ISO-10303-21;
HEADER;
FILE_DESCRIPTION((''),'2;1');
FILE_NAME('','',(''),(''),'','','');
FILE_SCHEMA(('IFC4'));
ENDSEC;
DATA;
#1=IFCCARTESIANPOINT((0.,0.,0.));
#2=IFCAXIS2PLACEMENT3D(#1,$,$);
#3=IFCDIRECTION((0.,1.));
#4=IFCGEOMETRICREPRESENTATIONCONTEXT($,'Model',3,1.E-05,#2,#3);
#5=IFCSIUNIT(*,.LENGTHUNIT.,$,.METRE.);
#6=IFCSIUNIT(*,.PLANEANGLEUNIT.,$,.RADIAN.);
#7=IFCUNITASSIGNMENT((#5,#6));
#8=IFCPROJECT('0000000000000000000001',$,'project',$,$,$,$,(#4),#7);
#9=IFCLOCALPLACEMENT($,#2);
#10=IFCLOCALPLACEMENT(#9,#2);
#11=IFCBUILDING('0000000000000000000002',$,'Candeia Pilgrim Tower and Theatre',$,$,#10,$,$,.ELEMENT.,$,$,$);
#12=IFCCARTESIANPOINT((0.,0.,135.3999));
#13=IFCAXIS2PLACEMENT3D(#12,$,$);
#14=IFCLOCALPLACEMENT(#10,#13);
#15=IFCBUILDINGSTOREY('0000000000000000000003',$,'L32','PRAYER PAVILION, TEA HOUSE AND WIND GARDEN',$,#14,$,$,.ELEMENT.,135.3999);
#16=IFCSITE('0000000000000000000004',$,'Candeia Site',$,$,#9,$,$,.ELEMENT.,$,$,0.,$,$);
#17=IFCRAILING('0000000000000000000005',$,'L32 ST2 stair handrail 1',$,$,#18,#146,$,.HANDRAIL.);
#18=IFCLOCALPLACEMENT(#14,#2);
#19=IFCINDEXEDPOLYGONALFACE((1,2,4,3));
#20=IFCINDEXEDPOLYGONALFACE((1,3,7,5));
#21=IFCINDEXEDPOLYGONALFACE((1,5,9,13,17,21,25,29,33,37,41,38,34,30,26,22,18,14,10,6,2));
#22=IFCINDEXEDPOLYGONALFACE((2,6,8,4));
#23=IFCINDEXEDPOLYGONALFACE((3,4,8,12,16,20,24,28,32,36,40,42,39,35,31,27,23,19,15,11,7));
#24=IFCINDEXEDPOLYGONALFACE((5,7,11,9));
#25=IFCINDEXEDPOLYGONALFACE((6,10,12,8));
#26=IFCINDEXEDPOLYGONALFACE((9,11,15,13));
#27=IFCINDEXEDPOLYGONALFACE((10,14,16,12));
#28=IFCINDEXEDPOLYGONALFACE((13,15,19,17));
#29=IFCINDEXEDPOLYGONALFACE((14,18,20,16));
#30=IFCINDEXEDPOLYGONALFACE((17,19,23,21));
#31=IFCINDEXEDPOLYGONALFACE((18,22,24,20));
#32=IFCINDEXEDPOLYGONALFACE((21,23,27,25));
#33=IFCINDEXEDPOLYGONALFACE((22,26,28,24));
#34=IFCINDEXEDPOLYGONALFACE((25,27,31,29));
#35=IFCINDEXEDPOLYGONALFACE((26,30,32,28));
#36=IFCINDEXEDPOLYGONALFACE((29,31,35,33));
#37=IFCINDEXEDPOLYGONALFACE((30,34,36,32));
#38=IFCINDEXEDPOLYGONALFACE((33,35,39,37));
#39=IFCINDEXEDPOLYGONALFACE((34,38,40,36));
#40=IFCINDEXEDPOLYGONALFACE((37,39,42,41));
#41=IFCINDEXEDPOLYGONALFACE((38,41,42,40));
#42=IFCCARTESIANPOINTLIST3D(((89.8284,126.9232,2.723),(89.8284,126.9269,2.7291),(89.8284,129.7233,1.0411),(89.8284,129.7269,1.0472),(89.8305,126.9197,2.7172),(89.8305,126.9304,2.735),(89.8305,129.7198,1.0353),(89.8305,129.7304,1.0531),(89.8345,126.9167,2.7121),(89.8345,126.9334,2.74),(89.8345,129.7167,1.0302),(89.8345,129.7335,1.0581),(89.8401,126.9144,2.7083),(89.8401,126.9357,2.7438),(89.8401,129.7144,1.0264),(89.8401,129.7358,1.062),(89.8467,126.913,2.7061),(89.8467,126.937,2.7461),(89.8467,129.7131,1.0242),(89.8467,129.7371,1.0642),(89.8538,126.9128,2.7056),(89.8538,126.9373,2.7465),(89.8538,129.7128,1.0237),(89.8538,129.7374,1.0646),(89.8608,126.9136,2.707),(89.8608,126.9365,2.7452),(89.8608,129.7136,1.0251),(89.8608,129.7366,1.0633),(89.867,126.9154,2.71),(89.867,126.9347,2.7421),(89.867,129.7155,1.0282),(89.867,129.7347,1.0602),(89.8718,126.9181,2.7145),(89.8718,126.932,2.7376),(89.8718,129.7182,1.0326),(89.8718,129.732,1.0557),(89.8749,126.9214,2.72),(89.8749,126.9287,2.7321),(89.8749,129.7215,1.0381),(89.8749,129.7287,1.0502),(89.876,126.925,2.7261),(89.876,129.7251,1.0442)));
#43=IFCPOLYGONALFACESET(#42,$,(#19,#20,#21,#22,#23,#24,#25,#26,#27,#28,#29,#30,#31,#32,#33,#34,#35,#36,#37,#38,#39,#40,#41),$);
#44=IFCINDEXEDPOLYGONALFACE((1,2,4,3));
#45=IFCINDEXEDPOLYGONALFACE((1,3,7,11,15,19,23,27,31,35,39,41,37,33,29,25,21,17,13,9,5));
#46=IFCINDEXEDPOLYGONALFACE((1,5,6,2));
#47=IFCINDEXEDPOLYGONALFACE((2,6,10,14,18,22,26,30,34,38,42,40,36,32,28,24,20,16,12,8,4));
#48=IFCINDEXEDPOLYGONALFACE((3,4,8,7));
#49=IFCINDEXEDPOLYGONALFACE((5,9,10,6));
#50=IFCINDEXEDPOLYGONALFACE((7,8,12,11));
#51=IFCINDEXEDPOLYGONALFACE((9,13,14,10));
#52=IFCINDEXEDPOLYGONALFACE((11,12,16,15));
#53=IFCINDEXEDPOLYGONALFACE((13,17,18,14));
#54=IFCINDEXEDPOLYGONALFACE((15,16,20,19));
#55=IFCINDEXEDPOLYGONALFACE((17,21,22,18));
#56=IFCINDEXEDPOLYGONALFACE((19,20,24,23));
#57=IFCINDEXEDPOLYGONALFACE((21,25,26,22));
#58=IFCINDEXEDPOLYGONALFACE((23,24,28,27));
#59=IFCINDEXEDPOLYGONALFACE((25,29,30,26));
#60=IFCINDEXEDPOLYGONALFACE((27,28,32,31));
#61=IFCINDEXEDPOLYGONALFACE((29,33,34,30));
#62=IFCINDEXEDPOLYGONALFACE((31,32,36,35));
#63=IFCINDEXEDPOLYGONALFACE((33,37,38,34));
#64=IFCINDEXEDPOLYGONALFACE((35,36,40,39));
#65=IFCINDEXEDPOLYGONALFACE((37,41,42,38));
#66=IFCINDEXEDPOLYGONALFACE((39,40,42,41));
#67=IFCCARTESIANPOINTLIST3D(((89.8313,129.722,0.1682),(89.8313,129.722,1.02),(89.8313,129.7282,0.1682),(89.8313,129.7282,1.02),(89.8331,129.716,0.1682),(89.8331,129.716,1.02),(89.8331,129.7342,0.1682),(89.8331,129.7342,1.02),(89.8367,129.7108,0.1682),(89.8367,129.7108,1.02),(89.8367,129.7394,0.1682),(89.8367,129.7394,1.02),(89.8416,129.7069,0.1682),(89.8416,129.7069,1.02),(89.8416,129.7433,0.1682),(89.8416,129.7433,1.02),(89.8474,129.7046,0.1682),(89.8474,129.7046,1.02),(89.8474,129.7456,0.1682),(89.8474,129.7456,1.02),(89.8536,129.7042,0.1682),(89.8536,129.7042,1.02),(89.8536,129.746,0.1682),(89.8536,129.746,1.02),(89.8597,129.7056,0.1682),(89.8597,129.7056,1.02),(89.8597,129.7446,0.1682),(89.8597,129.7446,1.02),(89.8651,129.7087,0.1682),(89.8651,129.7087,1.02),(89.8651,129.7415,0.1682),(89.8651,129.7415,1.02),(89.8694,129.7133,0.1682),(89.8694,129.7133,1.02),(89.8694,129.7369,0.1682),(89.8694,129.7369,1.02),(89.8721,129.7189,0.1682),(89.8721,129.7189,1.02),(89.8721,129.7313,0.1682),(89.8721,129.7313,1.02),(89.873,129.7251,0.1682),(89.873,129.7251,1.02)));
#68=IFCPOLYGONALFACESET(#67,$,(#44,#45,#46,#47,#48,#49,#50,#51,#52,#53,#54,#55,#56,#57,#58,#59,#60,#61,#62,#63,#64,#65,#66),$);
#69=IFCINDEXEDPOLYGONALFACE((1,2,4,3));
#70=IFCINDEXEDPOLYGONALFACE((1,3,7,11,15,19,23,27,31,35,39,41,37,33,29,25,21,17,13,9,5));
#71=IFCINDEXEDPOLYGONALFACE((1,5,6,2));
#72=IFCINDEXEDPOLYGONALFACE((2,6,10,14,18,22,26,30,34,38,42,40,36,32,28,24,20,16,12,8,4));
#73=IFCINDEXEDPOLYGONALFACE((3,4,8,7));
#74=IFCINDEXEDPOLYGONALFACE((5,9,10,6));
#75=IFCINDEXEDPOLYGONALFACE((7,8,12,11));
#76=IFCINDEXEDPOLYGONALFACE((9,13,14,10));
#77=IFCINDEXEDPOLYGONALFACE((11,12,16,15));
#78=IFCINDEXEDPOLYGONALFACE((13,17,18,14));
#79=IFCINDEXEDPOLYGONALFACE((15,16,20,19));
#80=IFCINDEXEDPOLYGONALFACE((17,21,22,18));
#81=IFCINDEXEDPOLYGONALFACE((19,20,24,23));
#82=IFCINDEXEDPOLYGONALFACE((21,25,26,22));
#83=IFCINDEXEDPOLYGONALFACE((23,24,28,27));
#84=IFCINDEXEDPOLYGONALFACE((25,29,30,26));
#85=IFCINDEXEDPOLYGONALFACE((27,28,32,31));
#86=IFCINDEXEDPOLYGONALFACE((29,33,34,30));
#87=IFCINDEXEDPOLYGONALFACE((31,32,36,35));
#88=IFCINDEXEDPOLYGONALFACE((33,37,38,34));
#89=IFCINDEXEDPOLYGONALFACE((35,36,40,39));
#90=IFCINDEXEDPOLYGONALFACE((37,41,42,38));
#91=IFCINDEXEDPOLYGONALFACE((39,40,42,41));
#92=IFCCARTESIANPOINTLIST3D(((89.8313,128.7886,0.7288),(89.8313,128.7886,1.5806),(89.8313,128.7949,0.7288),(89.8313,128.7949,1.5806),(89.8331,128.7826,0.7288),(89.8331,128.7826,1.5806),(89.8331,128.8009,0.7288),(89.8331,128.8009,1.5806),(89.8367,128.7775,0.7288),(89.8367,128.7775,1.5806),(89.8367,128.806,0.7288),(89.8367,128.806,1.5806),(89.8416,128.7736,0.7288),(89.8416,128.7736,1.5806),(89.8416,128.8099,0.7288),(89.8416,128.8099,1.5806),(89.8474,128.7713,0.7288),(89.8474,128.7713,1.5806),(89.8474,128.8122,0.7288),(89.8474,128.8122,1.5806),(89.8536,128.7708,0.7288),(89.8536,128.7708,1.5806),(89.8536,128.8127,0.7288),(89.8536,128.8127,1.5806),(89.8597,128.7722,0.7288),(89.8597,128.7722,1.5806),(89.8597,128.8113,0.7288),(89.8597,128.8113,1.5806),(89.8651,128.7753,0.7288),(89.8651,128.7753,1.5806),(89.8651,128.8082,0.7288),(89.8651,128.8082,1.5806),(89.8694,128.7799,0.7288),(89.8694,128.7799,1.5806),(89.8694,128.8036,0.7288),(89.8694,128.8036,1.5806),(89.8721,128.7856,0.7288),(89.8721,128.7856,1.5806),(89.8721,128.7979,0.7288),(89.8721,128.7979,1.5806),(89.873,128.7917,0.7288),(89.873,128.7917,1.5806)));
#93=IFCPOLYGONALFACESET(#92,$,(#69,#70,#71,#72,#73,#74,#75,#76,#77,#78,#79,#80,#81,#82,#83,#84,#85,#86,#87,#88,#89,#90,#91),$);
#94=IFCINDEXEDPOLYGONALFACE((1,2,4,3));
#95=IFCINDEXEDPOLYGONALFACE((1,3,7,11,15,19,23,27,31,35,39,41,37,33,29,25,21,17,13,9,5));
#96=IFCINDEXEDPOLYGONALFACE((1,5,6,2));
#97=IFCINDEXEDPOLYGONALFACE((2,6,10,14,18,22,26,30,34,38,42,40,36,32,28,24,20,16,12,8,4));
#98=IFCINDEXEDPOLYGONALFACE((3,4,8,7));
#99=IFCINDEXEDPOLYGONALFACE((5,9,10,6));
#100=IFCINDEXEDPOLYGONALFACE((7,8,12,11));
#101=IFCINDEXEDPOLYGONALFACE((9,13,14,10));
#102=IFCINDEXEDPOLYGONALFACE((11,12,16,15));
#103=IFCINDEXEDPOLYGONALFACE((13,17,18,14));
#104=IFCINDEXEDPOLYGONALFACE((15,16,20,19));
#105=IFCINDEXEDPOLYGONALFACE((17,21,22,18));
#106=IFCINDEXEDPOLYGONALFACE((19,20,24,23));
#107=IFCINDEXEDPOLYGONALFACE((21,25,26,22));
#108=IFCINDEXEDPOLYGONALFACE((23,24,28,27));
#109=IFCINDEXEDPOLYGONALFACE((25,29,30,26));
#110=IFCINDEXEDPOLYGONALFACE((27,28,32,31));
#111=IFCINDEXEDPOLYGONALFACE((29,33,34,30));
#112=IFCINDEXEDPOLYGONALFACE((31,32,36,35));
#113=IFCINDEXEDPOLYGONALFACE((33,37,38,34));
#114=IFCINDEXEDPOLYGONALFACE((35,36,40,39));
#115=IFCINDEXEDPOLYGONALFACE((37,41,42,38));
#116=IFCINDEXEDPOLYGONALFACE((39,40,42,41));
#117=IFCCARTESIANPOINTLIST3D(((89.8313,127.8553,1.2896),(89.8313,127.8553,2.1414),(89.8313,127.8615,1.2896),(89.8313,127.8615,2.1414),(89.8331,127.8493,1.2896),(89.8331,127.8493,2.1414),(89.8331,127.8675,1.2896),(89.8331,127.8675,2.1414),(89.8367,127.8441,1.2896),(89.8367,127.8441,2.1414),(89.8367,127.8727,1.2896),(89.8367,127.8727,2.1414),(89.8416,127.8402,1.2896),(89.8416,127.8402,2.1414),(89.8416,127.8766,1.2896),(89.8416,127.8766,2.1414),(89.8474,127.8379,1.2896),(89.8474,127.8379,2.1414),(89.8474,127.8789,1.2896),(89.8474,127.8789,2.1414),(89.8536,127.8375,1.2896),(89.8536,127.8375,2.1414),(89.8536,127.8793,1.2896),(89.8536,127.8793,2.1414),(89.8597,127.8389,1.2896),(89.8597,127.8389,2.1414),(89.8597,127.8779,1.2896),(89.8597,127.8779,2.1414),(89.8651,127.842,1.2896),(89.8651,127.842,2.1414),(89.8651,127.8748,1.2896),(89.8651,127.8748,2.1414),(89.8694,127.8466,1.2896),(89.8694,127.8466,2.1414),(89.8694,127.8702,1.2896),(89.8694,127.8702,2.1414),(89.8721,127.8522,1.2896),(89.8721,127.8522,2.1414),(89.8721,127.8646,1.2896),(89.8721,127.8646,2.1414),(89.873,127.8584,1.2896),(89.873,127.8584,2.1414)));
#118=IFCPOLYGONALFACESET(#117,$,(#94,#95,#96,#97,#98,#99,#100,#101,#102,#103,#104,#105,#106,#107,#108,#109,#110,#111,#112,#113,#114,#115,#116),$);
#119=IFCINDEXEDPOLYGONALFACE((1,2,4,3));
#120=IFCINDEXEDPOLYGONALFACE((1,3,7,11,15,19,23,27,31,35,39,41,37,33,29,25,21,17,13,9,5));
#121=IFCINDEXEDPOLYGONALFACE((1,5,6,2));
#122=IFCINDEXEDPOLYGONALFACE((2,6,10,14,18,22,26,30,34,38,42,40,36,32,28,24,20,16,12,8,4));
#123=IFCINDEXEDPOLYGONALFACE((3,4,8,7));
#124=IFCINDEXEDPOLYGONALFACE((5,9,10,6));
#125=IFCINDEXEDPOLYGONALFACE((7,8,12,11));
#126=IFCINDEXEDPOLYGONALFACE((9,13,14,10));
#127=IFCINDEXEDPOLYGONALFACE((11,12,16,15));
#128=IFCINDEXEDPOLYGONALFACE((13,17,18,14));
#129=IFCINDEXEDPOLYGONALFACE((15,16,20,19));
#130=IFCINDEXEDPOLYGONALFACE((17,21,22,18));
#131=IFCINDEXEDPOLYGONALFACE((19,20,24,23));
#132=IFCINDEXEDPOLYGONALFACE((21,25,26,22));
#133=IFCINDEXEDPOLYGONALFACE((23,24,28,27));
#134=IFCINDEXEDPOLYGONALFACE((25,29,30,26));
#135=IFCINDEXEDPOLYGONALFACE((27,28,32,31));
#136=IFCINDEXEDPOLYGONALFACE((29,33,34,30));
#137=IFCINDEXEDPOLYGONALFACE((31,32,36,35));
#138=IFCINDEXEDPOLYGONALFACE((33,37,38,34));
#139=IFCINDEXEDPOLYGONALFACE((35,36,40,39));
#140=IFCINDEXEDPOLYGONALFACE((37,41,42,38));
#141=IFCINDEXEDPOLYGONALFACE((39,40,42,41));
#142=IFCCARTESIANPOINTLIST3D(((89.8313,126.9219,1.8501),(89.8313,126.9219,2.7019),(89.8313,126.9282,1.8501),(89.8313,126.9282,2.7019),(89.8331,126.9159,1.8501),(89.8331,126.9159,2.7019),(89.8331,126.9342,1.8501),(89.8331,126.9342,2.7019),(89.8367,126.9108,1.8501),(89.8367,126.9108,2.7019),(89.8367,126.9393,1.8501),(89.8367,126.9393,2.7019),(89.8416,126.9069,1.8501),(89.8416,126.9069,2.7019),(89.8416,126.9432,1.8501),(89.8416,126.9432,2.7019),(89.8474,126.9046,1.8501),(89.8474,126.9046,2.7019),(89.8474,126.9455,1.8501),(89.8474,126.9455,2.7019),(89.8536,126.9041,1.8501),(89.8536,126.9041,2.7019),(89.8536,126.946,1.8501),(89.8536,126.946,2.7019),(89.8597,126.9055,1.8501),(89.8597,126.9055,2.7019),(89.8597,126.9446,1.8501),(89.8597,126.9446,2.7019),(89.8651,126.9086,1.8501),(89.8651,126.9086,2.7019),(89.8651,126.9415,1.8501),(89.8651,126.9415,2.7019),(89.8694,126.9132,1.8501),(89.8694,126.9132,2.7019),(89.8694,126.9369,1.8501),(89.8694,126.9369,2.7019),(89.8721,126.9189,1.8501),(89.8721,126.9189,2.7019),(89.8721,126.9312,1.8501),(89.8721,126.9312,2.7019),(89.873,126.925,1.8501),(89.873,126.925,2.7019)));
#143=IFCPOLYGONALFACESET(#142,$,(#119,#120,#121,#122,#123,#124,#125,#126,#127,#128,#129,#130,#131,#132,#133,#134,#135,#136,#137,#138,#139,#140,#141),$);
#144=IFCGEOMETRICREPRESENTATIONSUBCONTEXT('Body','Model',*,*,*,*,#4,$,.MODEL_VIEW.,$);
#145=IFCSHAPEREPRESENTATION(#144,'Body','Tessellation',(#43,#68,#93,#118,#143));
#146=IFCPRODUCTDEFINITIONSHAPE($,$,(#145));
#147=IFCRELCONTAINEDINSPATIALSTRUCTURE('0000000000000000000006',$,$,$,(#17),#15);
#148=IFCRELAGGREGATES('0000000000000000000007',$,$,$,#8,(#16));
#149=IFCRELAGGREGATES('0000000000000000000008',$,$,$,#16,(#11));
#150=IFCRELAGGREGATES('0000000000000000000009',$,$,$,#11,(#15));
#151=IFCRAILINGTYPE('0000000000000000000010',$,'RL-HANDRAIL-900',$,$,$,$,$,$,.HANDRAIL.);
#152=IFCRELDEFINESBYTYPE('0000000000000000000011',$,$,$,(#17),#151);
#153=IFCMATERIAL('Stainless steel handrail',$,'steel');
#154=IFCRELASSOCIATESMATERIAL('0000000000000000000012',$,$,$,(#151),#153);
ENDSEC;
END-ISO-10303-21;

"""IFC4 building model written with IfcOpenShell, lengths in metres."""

from ifc_helpers import new_model, si_unit, direction, frame, origin, origin_2d, place, context, subcontext, project, spatial, circle, extrude, material, type_object, element, save


model = new_model("IFC4")

# Units and contexts
model_context = context("Model", 3, precision=1e-05, world=origin(), true_north=direction((0.0, 1.0)))
body_context = subcontext(model_context, "Body", "Model", "MODEL_VIEW")
ifc_project = project(units=[si_unit("LENGTHUNIT", "METRE"), si_unit("PLANEANGLEUNIT", "RADIAN")], contexts=[model_context])

# Site, building, storey
site_placement = place(None, origin())
site = spatial("IfcSite", under=ifc_project, at=site_placement, Name="Candeia Site", CompositionType="ELEMENT", RefElevation=0.0)
building_placement = place(site_placement, origin())
building = spatial("IfcBuilding", under=site, at=building_placement, Name="Candeia Pilgrim Tower and Theatre", CompositionType="ELEMENT")
storey_placement = place(building_placement, frame((0.0, 0.0, 135.3999)))
storey = spatial("IfcBuildingStorey", under=building, at=storey_placement, Name="L32", Description="PRAYER PAVILION, TEA HOUSE AND WIND GARDEN", CompositionType="ELEMENT", Elevation=135.3999)

# Railing
ifc_material_1 = material(Name="Stainless steel handrail", Category="steel")
railing_type_1 = type_object("IfcRailingType", Name="RL-HANDRAIL-900", PredefinedType="HANDRAIL", material=ifc_material_1)
for number, where, name in (
    (1, (89.8521, 129.7251, 0.1682), "L32 ST2 stair handrail 1"),
):
    element("IfcRailing", number, at=place(storey_placement, frame(where)), inside=storey, type_object=railing_type_1, Name=name, PredefinedType="HANDRAIL", context=body_context, shape_type="SweptSolid", body=[
        extrude(circle(Radius=0.0239, at=origin_2d()), frame((0.0, 0.0, 0.876), z_axis=(0.0, -0.857242, 0.514913), x_axis=(1.0, 0.0, 0.0)), (0.0, 0.0, 1.0), 3.2664),
        extrude(circle(Radius=0.021, at=origin_2d()), origin(), (0.0, 0.0, 1.0), 0.8518),
        extrude(circle(Radius=0.021, at=origin_2d()), frame((0.0, -0.9333, 0.5605)), (0.0, 0.0, 1.0), 0.8518),
        extrude(circle(Radius=0.021, at=origin_2d()), frame((0.0, -1.8667, 1.1213)), (0.0, 0.0, 1.0), 0.8518),
        extrude(circle(Radius=0.021, at=origin_2d()), frame((0.0, -2.8, 1.6819)), (0.0, 0.0, 1.0), 0.8518),
    ])

save(model, "model.ifc")
